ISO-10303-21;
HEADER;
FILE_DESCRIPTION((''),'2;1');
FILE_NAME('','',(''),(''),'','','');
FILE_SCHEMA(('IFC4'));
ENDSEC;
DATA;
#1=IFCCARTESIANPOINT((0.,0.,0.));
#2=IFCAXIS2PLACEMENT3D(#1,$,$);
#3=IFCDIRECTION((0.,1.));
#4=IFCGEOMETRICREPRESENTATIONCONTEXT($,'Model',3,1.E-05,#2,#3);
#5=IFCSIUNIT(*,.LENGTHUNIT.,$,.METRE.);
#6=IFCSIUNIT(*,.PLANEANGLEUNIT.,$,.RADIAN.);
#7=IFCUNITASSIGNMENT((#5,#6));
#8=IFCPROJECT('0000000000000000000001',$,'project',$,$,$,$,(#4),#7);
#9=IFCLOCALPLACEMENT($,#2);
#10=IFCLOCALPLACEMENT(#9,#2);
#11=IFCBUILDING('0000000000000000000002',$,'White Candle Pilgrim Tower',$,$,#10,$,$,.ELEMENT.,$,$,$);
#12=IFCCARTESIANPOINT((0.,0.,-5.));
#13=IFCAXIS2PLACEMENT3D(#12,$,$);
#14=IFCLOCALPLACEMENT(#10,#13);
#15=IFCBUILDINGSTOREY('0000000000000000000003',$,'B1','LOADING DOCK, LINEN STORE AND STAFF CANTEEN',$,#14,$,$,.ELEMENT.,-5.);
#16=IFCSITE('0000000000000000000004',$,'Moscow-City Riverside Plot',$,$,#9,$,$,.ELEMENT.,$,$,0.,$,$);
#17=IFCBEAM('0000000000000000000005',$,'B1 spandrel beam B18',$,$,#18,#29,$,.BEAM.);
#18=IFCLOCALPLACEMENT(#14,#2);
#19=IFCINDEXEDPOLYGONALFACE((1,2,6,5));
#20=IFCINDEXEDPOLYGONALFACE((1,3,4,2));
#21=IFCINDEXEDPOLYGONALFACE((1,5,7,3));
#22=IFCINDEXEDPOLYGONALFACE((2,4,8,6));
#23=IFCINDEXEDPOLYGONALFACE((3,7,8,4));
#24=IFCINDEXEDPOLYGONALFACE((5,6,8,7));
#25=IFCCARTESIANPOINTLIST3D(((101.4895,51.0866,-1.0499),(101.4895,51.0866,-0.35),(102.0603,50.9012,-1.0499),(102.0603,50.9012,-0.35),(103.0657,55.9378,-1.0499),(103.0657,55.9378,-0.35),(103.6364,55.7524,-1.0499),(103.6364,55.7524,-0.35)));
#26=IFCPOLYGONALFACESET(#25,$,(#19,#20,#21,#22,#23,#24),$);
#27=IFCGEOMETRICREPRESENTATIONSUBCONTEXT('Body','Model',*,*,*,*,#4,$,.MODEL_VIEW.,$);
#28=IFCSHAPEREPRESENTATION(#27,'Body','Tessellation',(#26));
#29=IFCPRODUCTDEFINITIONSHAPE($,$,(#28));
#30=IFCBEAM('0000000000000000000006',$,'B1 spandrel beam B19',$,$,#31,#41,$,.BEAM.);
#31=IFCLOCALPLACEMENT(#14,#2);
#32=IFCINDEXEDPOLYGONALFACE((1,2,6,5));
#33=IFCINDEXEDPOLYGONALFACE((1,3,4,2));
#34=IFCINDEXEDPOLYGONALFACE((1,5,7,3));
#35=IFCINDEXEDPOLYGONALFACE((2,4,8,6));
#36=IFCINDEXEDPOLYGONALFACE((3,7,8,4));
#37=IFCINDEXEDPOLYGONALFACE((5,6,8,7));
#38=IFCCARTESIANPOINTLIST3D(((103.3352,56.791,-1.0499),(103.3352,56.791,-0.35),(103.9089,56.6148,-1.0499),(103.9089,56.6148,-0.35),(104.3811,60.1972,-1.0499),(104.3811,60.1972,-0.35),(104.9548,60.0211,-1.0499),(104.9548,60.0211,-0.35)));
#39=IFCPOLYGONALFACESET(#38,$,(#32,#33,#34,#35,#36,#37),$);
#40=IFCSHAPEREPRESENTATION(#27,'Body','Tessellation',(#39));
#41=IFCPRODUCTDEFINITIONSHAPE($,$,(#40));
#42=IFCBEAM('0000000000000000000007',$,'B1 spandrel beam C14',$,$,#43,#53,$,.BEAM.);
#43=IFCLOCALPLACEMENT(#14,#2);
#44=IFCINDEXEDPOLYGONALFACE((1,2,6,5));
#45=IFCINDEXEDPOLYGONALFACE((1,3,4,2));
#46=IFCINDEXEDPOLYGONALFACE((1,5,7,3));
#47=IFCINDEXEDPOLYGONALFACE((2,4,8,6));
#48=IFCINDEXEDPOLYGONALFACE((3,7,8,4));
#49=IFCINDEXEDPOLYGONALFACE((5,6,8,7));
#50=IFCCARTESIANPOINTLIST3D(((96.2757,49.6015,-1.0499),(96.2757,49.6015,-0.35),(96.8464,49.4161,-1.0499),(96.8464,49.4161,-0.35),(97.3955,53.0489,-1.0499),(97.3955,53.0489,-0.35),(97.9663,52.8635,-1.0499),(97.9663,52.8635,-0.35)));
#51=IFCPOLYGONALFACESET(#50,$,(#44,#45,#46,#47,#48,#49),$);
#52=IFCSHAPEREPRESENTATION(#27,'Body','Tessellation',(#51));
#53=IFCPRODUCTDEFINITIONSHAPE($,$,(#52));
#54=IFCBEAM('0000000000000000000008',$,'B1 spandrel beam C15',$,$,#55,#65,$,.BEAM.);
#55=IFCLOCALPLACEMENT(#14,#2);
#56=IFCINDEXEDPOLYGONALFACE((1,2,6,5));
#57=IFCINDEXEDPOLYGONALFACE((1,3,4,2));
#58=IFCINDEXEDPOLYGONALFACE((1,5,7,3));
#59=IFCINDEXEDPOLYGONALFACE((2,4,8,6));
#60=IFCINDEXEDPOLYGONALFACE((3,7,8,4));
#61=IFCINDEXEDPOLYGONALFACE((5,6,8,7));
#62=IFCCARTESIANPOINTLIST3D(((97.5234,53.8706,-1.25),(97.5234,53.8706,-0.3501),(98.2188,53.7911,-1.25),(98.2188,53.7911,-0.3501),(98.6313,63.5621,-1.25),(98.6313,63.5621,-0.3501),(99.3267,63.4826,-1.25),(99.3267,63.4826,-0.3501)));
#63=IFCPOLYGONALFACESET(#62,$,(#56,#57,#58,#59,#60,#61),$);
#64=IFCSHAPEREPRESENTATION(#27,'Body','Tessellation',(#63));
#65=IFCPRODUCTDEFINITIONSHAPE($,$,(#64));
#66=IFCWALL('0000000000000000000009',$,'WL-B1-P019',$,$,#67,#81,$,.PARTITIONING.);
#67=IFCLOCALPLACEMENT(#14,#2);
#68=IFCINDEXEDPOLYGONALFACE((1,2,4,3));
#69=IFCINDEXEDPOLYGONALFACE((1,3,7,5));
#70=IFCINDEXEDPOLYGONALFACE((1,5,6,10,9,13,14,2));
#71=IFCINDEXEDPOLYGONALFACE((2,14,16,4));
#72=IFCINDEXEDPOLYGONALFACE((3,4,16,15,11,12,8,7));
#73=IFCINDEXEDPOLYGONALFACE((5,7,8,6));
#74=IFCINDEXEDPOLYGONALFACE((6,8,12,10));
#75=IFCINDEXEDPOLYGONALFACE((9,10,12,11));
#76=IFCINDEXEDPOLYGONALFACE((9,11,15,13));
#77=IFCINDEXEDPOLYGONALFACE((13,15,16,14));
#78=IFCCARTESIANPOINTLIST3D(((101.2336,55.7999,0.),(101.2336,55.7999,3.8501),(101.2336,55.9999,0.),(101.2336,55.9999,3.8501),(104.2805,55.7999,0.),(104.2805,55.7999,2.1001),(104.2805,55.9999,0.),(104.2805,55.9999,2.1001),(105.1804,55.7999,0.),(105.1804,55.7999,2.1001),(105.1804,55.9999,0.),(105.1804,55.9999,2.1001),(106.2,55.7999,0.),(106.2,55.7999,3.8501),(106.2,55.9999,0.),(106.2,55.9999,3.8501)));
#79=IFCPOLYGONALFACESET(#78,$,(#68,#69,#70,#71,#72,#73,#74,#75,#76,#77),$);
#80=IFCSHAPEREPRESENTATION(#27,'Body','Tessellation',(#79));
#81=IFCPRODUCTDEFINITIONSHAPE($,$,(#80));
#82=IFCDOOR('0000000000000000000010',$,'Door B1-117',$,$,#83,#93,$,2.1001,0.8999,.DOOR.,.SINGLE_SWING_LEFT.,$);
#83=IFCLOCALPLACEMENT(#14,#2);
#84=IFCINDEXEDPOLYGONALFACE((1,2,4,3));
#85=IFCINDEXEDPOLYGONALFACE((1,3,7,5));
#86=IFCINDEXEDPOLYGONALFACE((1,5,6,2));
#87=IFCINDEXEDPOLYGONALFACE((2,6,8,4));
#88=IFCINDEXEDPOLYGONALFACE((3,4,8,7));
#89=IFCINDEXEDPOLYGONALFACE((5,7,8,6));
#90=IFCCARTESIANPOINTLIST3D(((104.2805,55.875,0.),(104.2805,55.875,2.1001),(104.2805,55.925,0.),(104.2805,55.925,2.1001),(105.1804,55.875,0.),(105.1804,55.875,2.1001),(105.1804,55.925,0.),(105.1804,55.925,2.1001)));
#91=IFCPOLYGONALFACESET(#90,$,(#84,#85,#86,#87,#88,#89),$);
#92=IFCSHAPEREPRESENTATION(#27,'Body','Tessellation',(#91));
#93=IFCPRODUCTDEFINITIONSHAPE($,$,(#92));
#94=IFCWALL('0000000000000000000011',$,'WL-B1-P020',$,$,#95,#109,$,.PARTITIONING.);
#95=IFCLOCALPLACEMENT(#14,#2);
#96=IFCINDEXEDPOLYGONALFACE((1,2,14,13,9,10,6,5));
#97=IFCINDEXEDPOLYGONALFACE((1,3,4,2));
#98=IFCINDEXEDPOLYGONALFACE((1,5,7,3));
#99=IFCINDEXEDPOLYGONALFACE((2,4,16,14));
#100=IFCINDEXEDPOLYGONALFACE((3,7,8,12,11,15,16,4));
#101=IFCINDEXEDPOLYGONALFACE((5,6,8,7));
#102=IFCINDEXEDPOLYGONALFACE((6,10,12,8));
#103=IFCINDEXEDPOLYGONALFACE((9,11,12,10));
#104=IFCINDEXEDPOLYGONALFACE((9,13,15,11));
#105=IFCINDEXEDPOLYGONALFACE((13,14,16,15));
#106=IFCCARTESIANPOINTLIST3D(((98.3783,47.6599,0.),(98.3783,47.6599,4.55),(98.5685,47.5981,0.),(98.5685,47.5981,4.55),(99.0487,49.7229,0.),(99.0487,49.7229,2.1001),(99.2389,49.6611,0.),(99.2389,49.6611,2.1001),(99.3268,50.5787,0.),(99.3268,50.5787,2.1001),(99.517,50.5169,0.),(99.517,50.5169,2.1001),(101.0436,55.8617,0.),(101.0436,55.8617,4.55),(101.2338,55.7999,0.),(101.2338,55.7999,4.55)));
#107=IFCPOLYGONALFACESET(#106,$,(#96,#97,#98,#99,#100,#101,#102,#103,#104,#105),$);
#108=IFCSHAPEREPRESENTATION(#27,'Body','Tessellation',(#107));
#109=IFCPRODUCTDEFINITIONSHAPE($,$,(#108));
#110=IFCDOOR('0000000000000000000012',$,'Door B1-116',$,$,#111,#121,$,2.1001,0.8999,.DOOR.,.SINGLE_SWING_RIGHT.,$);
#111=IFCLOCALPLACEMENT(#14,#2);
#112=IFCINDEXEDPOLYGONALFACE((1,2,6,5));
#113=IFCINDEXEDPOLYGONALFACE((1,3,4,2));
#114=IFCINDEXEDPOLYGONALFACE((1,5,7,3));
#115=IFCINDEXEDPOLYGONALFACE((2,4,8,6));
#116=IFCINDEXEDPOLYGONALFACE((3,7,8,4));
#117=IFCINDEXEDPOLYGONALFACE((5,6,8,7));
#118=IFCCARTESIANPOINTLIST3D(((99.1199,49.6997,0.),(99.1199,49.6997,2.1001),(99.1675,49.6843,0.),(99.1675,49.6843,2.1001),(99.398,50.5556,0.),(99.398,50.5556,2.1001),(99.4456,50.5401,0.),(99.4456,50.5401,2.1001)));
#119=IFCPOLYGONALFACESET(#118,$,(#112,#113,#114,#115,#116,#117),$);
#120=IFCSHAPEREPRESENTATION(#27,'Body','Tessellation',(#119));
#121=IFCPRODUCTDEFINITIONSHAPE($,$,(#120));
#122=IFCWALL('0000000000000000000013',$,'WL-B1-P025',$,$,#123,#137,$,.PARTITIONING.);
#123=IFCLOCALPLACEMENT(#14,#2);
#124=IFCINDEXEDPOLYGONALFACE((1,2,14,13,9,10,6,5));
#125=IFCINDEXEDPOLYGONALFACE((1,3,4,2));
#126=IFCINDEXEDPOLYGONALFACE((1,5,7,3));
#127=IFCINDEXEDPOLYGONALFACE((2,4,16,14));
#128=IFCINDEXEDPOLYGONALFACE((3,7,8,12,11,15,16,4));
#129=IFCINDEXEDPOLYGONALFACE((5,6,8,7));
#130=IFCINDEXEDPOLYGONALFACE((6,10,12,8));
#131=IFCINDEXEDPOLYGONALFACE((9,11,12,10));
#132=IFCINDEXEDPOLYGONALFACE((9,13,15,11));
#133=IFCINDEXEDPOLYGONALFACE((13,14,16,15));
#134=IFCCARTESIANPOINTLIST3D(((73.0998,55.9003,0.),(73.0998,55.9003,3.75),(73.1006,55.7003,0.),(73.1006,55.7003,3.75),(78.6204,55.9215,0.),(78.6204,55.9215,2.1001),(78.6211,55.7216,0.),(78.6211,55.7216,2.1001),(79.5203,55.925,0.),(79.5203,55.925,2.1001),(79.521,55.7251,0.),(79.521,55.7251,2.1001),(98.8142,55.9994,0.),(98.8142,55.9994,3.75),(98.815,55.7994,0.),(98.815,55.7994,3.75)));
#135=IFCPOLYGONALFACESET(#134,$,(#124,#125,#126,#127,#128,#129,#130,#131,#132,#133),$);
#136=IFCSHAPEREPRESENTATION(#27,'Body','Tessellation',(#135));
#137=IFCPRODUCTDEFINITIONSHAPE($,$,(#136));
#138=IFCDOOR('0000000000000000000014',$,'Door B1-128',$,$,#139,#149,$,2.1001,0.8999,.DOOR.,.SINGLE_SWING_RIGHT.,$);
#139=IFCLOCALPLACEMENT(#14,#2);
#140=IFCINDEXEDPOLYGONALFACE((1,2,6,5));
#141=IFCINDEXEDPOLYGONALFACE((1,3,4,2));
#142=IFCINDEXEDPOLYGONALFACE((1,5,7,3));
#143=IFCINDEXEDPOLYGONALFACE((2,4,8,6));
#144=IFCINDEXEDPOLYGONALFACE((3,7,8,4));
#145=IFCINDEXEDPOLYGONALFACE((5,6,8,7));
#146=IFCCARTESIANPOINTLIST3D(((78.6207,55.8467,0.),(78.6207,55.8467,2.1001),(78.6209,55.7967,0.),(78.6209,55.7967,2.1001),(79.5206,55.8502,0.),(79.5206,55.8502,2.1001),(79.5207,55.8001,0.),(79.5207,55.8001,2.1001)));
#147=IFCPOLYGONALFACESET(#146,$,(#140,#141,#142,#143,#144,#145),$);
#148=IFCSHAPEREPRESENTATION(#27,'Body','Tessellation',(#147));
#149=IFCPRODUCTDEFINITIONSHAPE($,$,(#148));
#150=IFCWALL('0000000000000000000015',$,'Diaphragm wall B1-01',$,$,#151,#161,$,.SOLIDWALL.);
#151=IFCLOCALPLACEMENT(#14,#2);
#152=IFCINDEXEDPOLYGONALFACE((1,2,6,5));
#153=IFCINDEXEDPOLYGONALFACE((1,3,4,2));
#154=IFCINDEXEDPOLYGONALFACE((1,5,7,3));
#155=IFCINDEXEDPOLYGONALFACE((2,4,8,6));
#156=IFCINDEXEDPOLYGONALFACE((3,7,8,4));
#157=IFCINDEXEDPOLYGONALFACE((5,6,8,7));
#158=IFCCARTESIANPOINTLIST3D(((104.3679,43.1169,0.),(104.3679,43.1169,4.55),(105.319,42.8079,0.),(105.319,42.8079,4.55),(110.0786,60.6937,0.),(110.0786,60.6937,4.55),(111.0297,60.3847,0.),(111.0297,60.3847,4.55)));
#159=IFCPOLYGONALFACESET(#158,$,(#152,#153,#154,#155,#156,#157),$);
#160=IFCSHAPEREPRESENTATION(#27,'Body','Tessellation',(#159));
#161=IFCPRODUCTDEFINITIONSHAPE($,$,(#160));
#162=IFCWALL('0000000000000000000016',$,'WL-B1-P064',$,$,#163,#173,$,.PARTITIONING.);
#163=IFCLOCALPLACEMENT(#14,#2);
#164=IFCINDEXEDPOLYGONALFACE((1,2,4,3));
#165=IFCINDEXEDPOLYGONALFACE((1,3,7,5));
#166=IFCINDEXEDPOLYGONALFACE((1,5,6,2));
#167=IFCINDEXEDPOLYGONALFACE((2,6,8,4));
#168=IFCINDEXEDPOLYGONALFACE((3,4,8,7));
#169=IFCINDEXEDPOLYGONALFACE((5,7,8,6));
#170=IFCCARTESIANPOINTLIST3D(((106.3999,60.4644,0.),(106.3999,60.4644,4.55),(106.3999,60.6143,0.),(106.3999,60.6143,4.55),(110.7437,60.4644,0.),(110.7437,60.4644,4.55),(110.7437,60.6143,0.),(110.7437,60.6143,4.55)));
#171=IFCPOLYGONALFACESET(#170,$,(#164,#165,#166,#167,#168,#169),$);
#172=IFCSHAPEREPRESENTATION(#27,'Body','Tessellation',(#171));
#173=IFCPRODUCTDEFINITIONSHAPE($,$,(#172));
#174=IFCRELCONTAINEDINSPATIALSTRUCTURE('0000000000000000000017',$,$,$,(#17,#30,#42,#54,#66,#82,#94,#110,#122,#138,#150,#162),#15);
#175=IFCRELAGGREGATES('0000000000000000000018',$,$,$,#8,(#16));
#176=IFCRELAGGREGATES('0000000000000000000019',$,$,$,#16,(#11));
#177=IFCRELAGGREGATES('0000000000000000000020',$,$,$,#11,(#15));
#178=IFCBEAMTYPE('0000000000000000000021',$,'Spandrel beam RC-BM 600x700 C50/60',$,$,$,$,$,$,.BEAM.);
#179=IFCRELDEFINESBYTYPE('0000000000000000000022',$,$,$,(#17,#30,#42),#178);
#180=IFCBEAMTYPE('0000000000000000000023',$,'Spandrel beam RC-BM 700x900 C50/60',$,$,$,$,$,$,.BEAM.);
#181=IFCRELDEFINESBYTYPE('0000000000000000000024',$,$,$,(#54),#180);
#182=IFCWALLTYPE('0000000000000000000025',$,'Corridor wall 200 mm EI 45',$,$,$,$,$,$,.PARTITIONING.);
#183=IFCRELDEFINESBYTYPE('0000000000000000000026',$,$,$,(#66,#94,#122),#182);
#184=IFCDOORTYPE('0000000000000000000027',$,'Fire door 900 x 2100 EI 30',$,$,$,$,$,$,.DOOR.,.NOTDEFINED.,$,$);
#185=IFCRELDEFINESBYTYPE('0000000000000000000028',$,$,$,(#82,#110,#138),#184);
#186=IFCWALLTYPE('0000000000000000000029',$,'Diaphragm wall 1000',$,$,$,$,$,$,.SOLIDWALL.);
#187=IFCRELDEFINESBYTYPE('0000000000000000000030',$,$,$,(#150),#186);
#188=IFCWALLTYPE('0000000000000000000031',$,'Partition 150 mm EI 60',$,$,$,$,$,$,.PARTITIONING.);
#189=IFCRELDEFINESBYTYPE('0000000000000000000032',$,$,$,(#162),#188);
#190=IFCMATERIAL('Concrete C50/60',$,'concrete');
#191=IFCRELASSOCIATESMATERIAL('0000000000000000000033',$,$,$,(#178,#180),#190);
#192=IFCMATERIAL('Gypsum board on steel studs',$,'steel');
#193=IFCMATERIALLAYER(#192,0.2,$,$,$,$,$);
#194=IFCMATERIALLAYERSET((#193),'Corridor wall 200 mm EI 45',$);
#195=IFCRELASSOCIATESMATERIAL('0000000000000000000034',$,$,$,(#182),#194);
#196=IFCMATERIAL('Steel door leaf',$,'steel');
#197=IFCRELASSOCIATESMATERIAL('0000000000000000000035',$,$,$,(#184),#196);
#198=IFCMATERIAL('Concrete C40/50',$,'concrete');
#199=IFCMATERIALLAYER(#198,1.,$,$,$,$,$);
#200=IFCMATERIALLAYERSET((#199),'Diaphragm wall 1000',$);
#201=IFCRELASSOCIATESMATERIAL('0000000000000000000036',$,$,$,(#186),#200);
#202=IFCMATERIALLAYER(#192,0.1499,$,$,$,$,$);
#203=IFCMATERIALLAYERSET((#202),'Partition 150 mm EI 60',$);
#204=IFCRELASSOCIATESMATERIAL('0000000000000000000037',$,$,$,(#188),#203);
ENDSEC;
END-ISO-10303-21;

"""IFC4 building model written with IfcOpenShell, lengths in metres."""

from ifc_helpers import new_model, si_unit, direction, frame, frame_2d, origin, origin_2d, place, context, subcontext, project, spatial, rectangle, extrude, material, layer, layer_set, material_profile, profile_set, type_object, element, fill, save


model = new_model("IFC4")

# Units and contexts
model_context = context("Model", 3, precision=1e-05, world=origin(), true_north=direction((0.0, 1.0)))
body_context = subcontext(model_context, "Body", "Model", "MODEL_VIEW")
ifc_project = project(units=[si_unit("LENGTHUNIT", "METRE"), si_unit("PLANEANGLEUNIT", "RADIAN")], contexts=[model_context])

# Site, building, storey
site_placement = place(None, origin())
site = spatial("IfcSite", under=ifc_project, at=site_placement, Name="Moscow-City Riverside Plot", CompositionType="ELEMENT", RefElevation=0.0)
building_placement = place(site_placement, origin())
building = spatial("IfcBuilding", under=site, at=building_placement, Name="White Candle Pilgrim Tower", CompositionType="ELEMENT")
storey_placement = place(building_placement, frame((0.0, 0.0, -5.0)))
storey = spatial("IfcBuildingStorey", under=building, at=storey_placement, Name="B1", Description="LOADING DOCK, LINEN STORE AND STAFF CANTEEN", CompositionType="ELEMENT", Elevation=-5.0)

# Beams
ifc_material_1 = material(Name="Concrete C50/60", Category="concrete")
ifc_material_profile_1 = material_profile(ifc_material_1, rectangle(XDim=0.6001, YDim=0.7, at=origin_2d()), Name="RC-BM 600x700")
ifc_profile_set_1 = profile_set([ifc_material_profile_1], Name="Concrete C50/60")
beam_type_1 = type_object("IfcBeamType", Name="Spandrel beam RC-BM 600x700 C50/60", PredefinedType="BEAM", material=ifc_profile_set_1)
beam_1_placement = place(storey_placement, frame((101.7749, 50.9939, -0.7), z_axis=(0.308996, 0.951063, 0.0), x_axis=(-0.951063, 0.308996, 0.0)))
element("IfcBeam", 1, at=beam_1_placement, inside=storey, type_object=beam_type_1, Name="B1 spandrel beam B18", PredefinedType="BEAM", context=body_context, shape_type="SweptSolid", body=[
    extrude(rectangle(XDim=0.6001, YDim=0.7, at=origin_2d()), origin(), (0.0, 0.0, 1.0), 5.1008),
])
beam_2_placement = place(storey_placement, frame((103.6221, 56.7029, -0.7), z_axis=(0.293527, 0.955951, 0.0), x_axis=(-0.955951, 0.293527, 0.0)))
element("IfcBeam", 2, at=beam_2_placement, inside=storey, type_object=beam_type_1, Name="B1 spandrel beam B19", PredefinedType="BEAM", context=body_context, shape_type="SweptSolid", body=[
    extrude(rectangle(XDim=0.6001, YDim=0.7, at=origin_2d()), origin(), (0.0, 0.0, 1.0), 3.5632),
])
beam_3_placement = place(storey_placement, frame((96.561, 49.5088, -0.7), z_axis=(0.308944, 0.95108, 0.0), x_axis=(-0.95108, 0.308944, 0.0)))
element("IfcBeam", 3, at=beam_3_placement, inside=storey, type_object=beam_type_1, Name="B1 spandrel beam C14", PredefinedType="BEAM", context=body_context, shape_type="SweptSolid", body=[
    extrude(rectangle(XDim=0.6001, YDim=0.7, at=origin_2d()), origin(), (0.0, 0.0, 1.0), 3.6248),
])
ifc_material_profile_2 = material_profile(ifc_material_1, rectangle(XDim=0.7, YDim=0.8999, at=origin_2d()), Name="RC-BM 700x900")
ifc_profile_set_2 = profile_set([ifc_material_profile_2], Name="Concrete C50/60")
beam_type_2 = type_object("IfcBeamType", Name="Spandrel beam RC-BM 700x900 C50/60", PredefinedType="BEAM", material=ifc_profile_set_2)
beam_4_placement = place(storey_placement, frame((97.8711, 53.8308, -0.8), z_axis=(0.113579, 0.993529, 0.0), x_axis=(-0.993529, 0.113579, 0.0)))
element("IfcBeam", 4, at=beam_4_placement, inside=storey, type_object=beam_type_2, Name="B1 spandrel beam C15", PredefinedType="BEAM", context=body_context, shape_type="SweptSolid", body=[
    extrude(rectangle(XDim=0.7, YDim=0.8999, at=origin_2d()), origin(), (0.0, 0.0, 1.0), 9.7546),
])

# Walls, openings, doors
ifc_material_2 = material(Name="Gypsum board on steel studs", Category="steel")
ifc_layer_1 = layer(ifc_material_2, 0.2)
ifc_layer_set_1 = layer_set([ifc_layer_1], Name="Corridor wall 200 mm EI 45")
wall_type_1 = type_object("IfcWallType", Name="Corridor wall 200 mm EI 45", PredefinedType="PARTITIONING", material=ifc_layer_set_1)
wall_1_placement = place(storey_placement, frame((106.2, 55.8999, 0.0), z_axis=(0.0, 0.0, 1.0), x_axis=(-1.0, 0.0, 0.0)))
wall_1 = element("IfcWall", 5, at=wall_1_placement, inside=storey, type_object=wall_type_1, Name="WL-B1-P019", PredefinedType="PARTITIONING", context=body_context, shape_type="SweptSolid", body=[
    extrude(rectangle(XDim=4.9663, YDim=0.2, at=frame_2d((2.4832, 0.0))), origin(), (0.0, 0.0, 1.0), 3.8501),
])
opening_1_placement = place(wall_1_placement, frame((1.0195, 0.0, 0.0)))
opening_1 = element("IfcOpeningElement", 6, at=opening_1_placement, cuts=wall_1, PredefinedType="OPENING", context=body_context, shape_type="SweptSolid", body=[
    extrude(rectangle(XDim=0.8999, YDim=2.1001, at=frame_2d((0.45, 1.05))), frame((0.0, 0.1099, 0.0), z_axis=(0.0, -1.0, 0.0), x_axis=(1.0, 0.0, 0.0)), (0.0, 0.0, 1.0), 0.22),
])
ifc_material_3 = material(Name="Steel door leaf", Category="steel")
door_type = type_object("IfcDoorType", Name="Fire door 900 x 2100 EI 30", OperationType="NOTDEFINED", PredefinedType="DOOR", material=ifc_material_3)
door_1_placement = place(opening_1_placement, origin())
door_1 = element("IfcDoor", 7, at=door_1_placement, inside=storey, type_object=door_type, Name="Door B1-117", OperationType="SINGLE_SWING_LEFT", OverallHeight=2.1001, OverallWidth=0.8999, PredefinedType="DOOR", context=body_context, shape_type="SweptSolid", body=[
    extrude(rectangle(XDim=0.8999, YDim=2.1001, at=frame_2d((0.45, 1.05))), frame((0.0, 0.0249, 0.0), z_axis=(0.0, -1.0, 0.0), x_axis=(1.0, 0.0, 0.0)), (0.0, 0.0, 1.0), 0.05),
])
fill(opening_1, door_1)
wall_2_placement = place(storey_placement, frame((101.1387, 55.8308, 0.0), z_axis=(0.0, 0.0, 1.0), x_axis=(-0.309051, -0.951046, 0.0)))
wall_2 = element("IfcWall", 8, at=wall_2_placement, inside=storey, type_object=wall_type_1, Name="WL-B1-P020", PredefinedType="PARTITIONING", context=body_context, shape_type="SweptSolid", body=[
    extrude(rectangle(XDim=8.624, YDim=0.2, at=frame_2d((4.312, 0.0))), origin(), (0.0, 0.0, 1.0), 4.55),
])
opening_2_placement = place(wall_2_placement, frame((5.5549, 0.0, 0.0)))
opening_2 = element("IfcOpeningElement", 9, at=opening_2_placement, cuts=wall_2, PredefinedType="OPENING", context=body_context, shape_type="SweptSolid", body=[
    extrude(rectangle(XDim=0.8999, YDim=2.1001, at=frame_2d((0.45, 1.05))), frame((0.0, 0.1099, 0.0), z_axis=(0.0, -1.0, 0.0), x_axis=(1.0, 0.0, 0.0)), (0.0, 0.0, 1.0), 0.22),
])
door_2_placement = place(opening_2_placement, origin())
door_2 = element("IfcDoor", 10, at=door_2_placement, inside=storey, type_object=door_type, Name="Door B1-116", OperationType="SINGLE_SWING_RIGHT", OverallHeight=2.1001, OverallWidth=0.8999, PredefinedType="DOOR", context=body_context, shape_type="SweptSolid", body=[
    extrude(rectangle(XDim=0.8999, YDim=2.1001, at=frame_2d((0.45, 1.05))), frame((0.0, 0.0249, 0.0), z_axis=(0.0, -1.0, 0.0), x_axis=(1.0, 0.0, 0.0)), (0.0, 0.0, 1.0), 0.05),
])
fill(opening_2, door_2)
wall_3_placement = place(storey_placement, frame((98.8147, 55.8994, 0.0), z_axis=(0.0, 0.0, 1.0), x_axis=(-0.999993, -0.003855, 0.0)))
wall_3 = element("IfcWall", 11, at=wall_3_placement, inside=storey, type_object=wall_type_1, Name="WL-B1-P025", PredefinedType="PARTITIONING", context=body_context, shape_type="SweptSolid", body=[
    extrude(rectangle(XDim=25.7146, YDim=0.2, at=frame_2d((12.8574, 0.0))), origin(), (0.0, 0.0, 1.0), 3.75),
])
opening_3_placement = place(wall_3_placement, frame((19.2942, 0.0, 0.0)))
opening_3 = element("IfcOpeningElement", 12, at=opening_3_placement, cuts=wall_3, PredefinedType="OPENING", context=body_context, shape_type="SweptSolid", body=[
    extrude(rectangle(XDim=0.8999, YDim=2.1001, at=frame_2d((0.45, 1.05))), frame((0.0, 0.1099, 0.0), z_axis=(0.0, -1.0, 0.0), x_axis=(1.0, 0.0, 0.0)), (0.0, 0.0, 1.0), 0.22),
])
door_3_placement = place(opening_3_placement, origin())
door_3 = element("IfcDoor", 13, at=door_3_placement, inside=storey, type_object=door_type, Name="Door B1-128", OperationType="SINGLE_SWING_RIGHT", OverallHeight=2.1001, OverallWidth=0.8999, PredefinedType="DOOR", context=body_context, shape_type="SweptSolid", body=[
    extrude(rectangle(XDim=0.8999, YDim=2.1001, at=frame_2d((0.45, 1.05))), frame((0.0, 0.0249, 0.0), z_axis=(0.0, -1.0, 0.0), x_axis=(1.0, 0.0, 0.0)), (0.0, 0.0, 1.0), 0.05),
])
fill(opening_3, door_3)

# Walls
ifc_material_4 = material(Name="Concrete C40/50", Category="concrete")
ifc_layer_2 = layer(ifc_material_4, 1.0)
ifc_layer_set_2 = layer_set([ifc_layer_2], Name="Diaphragm wall 1000")
wall_type_2 = type_object("IfcWallType", Name="Diaphragm wall 1000", PredefinedType="SOLIDWALL", material=ifc_layer_set_2)
wall_4_placement = place(storey_placement, frame((110.5542, 60.5393, 0.0), z_axis=(0.0, 0.0, 1.0), x_axis=(-0.309002, -0.951061, 0.0)))
element("IfcWall", 14, at=wall_4_placement, inside=storey, type_object=wall_type_2, Name="Diaphragm wall B1-01", PredefinedType="SOLIDWALL", context=body_context, shape_type="SweptSolid", body=[
    extrude(rectangle(XDim=18.4812, YDim=1.0, at=frame_2d((9.2407, 0.0))), origin(), (0.0, 0.0, 1.0), 4.55),
])
ifc_layer_3 = layer(ifc_material_2, 0.1499)
ifc_layer_set_3 = layer_set([ifc_layer_3], Name="Partition 150 mm EI 60")
wall_type_3 = type_object("IfcWallType", Name="Partition 150 mm EI 60", PredefinedType="PARTITIONING", material=ifc_layer_set_3)
wall_5_placement = place(storey_placement, frame((110.7437, 60.5393, 0.0), z_axis=(0.0, 0.0, 1.0), x_axis=(-1.0, 0.0, 0.0)))
element("IfcWall", 15, at=wall_5_placement, inside=storey, type_object=wall_type_3, Name="WL-B1-P064", PredefinedType="PARTITIONING", context=body_context, shape_type="SweptSolid", body=[
    extrude(rectangle(XDim=4.3438, YDim=0.1499, at=frame_2d((2.1719, 0.0))), origin(), (0.0, 0.0, 1.0), 4.55),
])

save(model, "model.ifc")
